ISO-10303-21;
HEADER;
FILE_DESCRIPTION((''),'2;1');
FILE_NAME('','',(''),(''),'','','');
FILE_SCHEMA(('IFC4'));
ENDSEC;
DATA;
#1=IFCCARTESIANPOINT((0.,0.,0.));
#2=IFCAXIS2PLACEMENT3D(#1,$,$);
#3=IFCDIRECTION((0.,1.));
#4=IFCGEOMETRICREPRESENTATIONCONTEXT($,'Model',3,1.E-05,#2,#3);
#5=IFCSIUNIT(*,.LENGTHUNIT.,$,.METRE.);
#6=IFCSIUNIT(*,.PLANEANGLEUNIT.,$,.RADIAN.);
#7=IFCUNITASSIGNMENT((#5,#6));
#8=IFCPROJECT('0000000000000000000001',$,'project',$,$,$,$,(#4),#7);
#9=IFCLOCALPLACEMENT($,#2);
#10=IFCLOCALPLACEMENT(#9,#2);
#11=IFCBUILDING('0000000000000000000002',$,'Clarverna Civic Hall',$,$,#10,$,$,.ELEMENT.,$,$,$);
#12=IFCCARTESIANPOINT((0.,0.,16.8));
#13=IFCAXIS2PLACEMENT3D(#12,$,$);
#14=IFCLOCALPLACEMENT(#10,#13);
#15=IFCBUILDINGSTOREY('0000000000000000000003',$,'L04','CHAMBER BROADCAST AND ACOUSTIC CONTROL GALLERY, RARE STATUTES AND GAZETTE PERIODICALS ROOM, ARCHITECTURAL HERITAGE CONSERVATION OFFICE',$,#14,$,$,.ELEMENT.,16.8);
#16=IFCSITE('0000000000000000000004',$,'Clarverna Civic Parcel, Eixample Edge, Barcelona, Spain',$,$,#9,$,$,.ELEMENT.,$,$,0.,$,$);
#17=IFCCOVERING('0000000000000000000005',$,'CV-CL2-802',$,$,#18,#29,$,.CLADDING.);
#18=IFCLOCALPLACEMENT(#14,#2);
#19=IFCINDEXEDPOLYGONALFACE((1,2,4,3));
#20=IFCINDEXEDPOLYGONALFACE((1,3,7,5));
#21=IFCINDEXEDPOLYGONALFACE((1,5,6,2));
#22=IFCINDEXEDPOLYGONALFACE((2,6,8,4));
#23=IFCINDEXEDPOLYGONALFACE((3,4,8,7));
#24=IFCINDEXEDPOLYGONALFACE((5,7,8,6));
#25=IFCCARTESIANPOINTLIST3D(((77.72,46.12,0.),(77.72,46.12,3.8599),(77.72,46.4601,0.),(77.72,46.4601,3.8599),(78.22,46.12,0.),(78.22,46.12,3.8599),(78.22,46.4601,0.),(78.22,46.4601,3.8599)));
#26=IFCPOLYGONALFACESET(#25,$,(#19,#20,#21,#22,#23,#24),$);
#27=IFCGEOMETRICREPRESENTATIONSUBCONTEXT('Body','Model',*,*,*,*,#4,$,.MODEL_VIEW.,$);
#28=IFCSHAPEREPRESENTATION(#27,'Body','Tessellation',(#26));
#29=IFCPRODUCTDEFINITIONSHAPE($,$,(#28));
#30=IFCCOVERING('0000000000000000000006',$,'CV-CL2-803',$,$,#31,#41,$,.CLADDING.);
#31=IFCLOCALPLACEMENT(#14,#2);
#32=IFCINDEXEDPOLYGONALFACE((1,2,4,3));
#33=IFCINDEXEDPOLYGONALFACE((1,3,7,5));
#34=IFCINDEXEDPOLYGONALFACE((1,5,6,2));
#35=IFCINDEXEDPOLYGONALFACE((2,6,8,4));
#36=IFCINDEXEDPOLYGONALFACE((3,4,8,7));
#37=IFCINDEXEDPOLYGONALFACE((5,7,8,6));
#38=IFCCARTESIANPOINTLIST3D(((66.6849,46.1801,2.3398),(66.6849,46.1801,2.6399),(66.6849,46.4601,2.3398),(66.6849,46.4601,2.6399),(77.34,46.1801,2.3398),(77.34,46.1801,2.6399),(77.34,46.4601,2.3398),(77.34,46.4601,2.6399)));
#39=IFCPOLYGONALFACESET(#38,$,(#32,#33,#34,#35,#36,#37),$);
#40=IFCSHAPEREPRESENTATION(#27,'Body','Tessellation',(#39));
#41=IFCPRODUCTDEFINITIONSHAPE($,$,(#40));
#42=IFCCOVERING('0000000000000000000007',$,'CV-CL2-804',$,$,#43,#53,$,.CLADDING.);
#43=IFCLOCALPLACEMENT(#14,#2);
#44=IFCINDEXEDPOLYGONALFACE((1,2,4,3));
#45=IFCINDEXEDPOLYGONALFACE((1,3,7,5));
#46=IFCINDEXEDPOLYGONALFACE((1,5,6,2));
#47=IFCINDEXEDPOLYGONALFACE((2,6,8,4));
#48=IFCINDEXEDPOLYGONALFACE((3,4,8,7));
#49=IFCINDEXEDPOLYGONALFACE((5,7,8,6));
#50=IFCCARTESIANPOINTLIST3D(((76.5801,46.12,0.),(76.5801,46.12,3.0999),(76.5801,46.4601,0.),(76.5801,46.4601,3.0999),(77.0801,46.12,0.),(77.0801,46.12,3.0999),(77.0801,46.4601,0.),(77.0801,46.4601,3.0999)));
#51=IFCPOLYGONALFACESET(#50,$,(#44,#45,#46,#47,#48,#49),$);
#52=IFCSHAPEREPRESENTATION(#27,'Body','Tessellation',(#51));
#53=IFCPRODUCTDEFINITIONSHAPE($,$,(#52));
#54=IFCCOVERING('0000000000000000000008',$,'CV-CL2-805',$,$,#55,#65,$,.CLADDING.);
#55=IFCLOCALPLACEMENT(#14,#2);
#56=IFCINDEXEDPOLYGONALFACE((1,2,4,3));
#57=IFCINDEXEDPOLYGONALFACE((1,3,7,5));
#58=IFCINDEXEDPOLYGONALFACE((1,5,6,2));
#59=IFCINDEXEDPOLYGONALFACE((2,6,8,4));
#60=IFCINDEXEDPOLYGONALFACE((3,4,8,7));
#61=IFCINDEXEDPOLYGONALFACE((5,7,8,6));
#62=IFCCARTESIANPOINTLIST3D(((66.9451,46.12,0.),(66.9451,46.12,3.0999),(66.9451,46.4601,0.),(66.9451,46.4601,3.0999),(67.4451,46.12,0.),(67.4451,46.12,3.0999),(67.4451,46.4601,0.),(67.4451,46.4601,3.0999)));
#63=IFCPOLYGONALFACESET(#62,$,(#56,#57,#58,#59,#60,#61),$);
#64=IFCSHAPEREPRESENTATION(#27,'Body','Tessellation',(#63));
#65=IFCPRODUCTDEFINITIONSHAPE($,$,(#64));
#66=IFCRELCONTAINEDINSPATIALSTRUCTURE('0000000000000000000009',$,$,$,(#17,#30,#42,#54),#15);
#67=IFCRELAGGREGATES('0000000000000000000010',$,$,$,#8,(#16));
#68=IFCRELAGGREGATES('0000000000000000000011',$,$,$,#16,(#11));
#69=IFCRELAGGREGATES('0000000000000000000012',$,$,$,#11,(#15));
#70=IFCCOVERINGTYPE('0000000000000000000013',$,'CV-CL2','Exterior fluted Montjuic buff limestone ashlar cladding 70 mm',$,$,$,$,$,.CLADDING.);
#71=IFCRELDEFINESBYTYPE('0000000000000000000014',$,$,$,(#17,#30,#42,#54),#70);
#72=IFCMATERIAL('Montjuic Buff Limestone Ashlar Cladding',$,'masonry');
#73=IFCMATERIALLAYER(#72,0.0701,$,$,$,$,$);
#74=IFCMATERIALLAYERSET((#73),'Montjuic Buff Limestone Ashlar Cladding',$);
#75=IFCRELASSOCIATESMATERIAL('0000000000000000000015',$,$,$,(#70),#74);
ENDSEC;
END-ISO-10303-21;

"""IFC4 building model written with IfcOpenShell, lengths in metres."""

from ifc_helpers import new_model, si_unit, direction, frame, frame_2d, origin, place, context, subcontext, project, spatial, rectangle, extrude, material, layer, layer_set, type_object, element, save


model = new_model("IFC4")

# Units and contexts
model_context = context("Model", 3, precision=1e-05, world=origin(), true_north=direction((0.0, 1.0)))
body_context = subcontext(model_context, "Body", "Model", "MODEL_VIEW")
ifc_project = project(units=[si_unit("LENGTHUNIT", "METRE"), si_unit("PLANEANGLEUNIT", "RADIAN")], contexts=[model_context])

# Site, building, storey
site_placement = place(None, origin())
site = spatial("IfcSite", under=ifc_project, at=site_placement, Name="Clarverna Civic Parcel, Eixample Edge, Barcelona, Spain", CompositionType="ELEMENT", RefElevation=0.0)
building_placement = place(site_placement, origin())
building = spatial("IfcBuilding", under=site, at=building_placement, Name="Clarverna Civic Hall", CompositionType="ELEMENT")
storey_placement = place(building_placement, frame((0.0, 0.0, 16.8)))
storey = spatial("IfcBuildingStorey", under=building, at=storey_placement, Name="L04", Description="CHAMBER BROADCAST AND ACOUSTIC CONTROL GALLERY, RARE STATUTES AND GAZETTE PERIODICALS ROOM, ARCHITECTURAL HERITAGE CONSERVATION OFFICE", CompositionType="ELEMENT", Elevation=16.8)

# Coverings
ifc_material_1 = material(Name="Montjuic Buff Limestone Ashlar Cladding", Category="masonry")
ifc_layer_1 = layer(ifc_material_1, 0.0701)
ifc_layer_set_1 = layer_set([ifc_layer_1], Name="Montjuic Buff Limestone Ashlar Cladding")
covering_type = type_object("IfcCoveringType", Name="CV-CL2", Description="Exterior fluted Montjuic buff limestone ashlar cladding 70 mm", PredefinedType="CLADDING", material=ifc_layer_set_1)
covering_1_placement = place(storey_placement, frame((78.22, 46.29, 0.0), z_axis=(0.0, 0.0, 1.0), x_axis=(-1.0, 0.0, 0.0)))
element("IfcCovering", 1, at=covering_1_placement, inside=storey, type_object=covering_type, Name="CV-CL2-802", PredefinedType="CLADDING", context=body_context, shape_type="SweptSolid", body=[
    extrude(rectangle(XDim=0.5, YDim=0.3401, at=frame_2d((0.25, 0.0))), origin(), (0.0, 0.0, 1.0), 3.8599),
])
covering_2_placement = place(storey_placement, frame((77.3401, 46.3201, 2.3398), z_axis=(0.0, 0.0, 1.0), x_axis=(-1.0, 0.0, 0.0)))
element("IfcCovering", 2, at=covering_2_placement, inside=storey, type_object=covering_type, Name="CV-CL2-803", PredefinedType="CLADDING", context=body_context, shape_type="SweptSolid", body=[
    extrude(rectangle(XDim=10.655, YDim=0.28, at=frame_2d((5.3276, 0.0))), origin(), (0.0, 0.0, 1.0), 0.3),
])
for number, where, z_axis, x_axis, name in (
    (3, (77.0801, 46.29, 0.0), (0.0, 0.0, 1.0), (-1.0, 0.0, 0.0), "CV-CL2-804"),
    (4, (67.4451, 46.29, 0.0), (0.0, 0.0, 1.0), (-1.0, 0.0, 0.0), "CV-CL2-805"),
):
    element("IfcCovering", number, at=place(storey_placement, frame(where, z_axis=z_axis, x_axis=x_axis)), inside=storey, type_object=covering_type, Name=name, PredefinedType="CLADDING", context=body_context, shape_type="SweptSolid", body=[
        extrude(rectangle(XDim=0.5, YDim=0.3401, at=frame_2d((0.25, 0.0))), origin(), (0.0, 0.0, 1.0), 3.0999),
    ])

save(model, "model.ifc")
